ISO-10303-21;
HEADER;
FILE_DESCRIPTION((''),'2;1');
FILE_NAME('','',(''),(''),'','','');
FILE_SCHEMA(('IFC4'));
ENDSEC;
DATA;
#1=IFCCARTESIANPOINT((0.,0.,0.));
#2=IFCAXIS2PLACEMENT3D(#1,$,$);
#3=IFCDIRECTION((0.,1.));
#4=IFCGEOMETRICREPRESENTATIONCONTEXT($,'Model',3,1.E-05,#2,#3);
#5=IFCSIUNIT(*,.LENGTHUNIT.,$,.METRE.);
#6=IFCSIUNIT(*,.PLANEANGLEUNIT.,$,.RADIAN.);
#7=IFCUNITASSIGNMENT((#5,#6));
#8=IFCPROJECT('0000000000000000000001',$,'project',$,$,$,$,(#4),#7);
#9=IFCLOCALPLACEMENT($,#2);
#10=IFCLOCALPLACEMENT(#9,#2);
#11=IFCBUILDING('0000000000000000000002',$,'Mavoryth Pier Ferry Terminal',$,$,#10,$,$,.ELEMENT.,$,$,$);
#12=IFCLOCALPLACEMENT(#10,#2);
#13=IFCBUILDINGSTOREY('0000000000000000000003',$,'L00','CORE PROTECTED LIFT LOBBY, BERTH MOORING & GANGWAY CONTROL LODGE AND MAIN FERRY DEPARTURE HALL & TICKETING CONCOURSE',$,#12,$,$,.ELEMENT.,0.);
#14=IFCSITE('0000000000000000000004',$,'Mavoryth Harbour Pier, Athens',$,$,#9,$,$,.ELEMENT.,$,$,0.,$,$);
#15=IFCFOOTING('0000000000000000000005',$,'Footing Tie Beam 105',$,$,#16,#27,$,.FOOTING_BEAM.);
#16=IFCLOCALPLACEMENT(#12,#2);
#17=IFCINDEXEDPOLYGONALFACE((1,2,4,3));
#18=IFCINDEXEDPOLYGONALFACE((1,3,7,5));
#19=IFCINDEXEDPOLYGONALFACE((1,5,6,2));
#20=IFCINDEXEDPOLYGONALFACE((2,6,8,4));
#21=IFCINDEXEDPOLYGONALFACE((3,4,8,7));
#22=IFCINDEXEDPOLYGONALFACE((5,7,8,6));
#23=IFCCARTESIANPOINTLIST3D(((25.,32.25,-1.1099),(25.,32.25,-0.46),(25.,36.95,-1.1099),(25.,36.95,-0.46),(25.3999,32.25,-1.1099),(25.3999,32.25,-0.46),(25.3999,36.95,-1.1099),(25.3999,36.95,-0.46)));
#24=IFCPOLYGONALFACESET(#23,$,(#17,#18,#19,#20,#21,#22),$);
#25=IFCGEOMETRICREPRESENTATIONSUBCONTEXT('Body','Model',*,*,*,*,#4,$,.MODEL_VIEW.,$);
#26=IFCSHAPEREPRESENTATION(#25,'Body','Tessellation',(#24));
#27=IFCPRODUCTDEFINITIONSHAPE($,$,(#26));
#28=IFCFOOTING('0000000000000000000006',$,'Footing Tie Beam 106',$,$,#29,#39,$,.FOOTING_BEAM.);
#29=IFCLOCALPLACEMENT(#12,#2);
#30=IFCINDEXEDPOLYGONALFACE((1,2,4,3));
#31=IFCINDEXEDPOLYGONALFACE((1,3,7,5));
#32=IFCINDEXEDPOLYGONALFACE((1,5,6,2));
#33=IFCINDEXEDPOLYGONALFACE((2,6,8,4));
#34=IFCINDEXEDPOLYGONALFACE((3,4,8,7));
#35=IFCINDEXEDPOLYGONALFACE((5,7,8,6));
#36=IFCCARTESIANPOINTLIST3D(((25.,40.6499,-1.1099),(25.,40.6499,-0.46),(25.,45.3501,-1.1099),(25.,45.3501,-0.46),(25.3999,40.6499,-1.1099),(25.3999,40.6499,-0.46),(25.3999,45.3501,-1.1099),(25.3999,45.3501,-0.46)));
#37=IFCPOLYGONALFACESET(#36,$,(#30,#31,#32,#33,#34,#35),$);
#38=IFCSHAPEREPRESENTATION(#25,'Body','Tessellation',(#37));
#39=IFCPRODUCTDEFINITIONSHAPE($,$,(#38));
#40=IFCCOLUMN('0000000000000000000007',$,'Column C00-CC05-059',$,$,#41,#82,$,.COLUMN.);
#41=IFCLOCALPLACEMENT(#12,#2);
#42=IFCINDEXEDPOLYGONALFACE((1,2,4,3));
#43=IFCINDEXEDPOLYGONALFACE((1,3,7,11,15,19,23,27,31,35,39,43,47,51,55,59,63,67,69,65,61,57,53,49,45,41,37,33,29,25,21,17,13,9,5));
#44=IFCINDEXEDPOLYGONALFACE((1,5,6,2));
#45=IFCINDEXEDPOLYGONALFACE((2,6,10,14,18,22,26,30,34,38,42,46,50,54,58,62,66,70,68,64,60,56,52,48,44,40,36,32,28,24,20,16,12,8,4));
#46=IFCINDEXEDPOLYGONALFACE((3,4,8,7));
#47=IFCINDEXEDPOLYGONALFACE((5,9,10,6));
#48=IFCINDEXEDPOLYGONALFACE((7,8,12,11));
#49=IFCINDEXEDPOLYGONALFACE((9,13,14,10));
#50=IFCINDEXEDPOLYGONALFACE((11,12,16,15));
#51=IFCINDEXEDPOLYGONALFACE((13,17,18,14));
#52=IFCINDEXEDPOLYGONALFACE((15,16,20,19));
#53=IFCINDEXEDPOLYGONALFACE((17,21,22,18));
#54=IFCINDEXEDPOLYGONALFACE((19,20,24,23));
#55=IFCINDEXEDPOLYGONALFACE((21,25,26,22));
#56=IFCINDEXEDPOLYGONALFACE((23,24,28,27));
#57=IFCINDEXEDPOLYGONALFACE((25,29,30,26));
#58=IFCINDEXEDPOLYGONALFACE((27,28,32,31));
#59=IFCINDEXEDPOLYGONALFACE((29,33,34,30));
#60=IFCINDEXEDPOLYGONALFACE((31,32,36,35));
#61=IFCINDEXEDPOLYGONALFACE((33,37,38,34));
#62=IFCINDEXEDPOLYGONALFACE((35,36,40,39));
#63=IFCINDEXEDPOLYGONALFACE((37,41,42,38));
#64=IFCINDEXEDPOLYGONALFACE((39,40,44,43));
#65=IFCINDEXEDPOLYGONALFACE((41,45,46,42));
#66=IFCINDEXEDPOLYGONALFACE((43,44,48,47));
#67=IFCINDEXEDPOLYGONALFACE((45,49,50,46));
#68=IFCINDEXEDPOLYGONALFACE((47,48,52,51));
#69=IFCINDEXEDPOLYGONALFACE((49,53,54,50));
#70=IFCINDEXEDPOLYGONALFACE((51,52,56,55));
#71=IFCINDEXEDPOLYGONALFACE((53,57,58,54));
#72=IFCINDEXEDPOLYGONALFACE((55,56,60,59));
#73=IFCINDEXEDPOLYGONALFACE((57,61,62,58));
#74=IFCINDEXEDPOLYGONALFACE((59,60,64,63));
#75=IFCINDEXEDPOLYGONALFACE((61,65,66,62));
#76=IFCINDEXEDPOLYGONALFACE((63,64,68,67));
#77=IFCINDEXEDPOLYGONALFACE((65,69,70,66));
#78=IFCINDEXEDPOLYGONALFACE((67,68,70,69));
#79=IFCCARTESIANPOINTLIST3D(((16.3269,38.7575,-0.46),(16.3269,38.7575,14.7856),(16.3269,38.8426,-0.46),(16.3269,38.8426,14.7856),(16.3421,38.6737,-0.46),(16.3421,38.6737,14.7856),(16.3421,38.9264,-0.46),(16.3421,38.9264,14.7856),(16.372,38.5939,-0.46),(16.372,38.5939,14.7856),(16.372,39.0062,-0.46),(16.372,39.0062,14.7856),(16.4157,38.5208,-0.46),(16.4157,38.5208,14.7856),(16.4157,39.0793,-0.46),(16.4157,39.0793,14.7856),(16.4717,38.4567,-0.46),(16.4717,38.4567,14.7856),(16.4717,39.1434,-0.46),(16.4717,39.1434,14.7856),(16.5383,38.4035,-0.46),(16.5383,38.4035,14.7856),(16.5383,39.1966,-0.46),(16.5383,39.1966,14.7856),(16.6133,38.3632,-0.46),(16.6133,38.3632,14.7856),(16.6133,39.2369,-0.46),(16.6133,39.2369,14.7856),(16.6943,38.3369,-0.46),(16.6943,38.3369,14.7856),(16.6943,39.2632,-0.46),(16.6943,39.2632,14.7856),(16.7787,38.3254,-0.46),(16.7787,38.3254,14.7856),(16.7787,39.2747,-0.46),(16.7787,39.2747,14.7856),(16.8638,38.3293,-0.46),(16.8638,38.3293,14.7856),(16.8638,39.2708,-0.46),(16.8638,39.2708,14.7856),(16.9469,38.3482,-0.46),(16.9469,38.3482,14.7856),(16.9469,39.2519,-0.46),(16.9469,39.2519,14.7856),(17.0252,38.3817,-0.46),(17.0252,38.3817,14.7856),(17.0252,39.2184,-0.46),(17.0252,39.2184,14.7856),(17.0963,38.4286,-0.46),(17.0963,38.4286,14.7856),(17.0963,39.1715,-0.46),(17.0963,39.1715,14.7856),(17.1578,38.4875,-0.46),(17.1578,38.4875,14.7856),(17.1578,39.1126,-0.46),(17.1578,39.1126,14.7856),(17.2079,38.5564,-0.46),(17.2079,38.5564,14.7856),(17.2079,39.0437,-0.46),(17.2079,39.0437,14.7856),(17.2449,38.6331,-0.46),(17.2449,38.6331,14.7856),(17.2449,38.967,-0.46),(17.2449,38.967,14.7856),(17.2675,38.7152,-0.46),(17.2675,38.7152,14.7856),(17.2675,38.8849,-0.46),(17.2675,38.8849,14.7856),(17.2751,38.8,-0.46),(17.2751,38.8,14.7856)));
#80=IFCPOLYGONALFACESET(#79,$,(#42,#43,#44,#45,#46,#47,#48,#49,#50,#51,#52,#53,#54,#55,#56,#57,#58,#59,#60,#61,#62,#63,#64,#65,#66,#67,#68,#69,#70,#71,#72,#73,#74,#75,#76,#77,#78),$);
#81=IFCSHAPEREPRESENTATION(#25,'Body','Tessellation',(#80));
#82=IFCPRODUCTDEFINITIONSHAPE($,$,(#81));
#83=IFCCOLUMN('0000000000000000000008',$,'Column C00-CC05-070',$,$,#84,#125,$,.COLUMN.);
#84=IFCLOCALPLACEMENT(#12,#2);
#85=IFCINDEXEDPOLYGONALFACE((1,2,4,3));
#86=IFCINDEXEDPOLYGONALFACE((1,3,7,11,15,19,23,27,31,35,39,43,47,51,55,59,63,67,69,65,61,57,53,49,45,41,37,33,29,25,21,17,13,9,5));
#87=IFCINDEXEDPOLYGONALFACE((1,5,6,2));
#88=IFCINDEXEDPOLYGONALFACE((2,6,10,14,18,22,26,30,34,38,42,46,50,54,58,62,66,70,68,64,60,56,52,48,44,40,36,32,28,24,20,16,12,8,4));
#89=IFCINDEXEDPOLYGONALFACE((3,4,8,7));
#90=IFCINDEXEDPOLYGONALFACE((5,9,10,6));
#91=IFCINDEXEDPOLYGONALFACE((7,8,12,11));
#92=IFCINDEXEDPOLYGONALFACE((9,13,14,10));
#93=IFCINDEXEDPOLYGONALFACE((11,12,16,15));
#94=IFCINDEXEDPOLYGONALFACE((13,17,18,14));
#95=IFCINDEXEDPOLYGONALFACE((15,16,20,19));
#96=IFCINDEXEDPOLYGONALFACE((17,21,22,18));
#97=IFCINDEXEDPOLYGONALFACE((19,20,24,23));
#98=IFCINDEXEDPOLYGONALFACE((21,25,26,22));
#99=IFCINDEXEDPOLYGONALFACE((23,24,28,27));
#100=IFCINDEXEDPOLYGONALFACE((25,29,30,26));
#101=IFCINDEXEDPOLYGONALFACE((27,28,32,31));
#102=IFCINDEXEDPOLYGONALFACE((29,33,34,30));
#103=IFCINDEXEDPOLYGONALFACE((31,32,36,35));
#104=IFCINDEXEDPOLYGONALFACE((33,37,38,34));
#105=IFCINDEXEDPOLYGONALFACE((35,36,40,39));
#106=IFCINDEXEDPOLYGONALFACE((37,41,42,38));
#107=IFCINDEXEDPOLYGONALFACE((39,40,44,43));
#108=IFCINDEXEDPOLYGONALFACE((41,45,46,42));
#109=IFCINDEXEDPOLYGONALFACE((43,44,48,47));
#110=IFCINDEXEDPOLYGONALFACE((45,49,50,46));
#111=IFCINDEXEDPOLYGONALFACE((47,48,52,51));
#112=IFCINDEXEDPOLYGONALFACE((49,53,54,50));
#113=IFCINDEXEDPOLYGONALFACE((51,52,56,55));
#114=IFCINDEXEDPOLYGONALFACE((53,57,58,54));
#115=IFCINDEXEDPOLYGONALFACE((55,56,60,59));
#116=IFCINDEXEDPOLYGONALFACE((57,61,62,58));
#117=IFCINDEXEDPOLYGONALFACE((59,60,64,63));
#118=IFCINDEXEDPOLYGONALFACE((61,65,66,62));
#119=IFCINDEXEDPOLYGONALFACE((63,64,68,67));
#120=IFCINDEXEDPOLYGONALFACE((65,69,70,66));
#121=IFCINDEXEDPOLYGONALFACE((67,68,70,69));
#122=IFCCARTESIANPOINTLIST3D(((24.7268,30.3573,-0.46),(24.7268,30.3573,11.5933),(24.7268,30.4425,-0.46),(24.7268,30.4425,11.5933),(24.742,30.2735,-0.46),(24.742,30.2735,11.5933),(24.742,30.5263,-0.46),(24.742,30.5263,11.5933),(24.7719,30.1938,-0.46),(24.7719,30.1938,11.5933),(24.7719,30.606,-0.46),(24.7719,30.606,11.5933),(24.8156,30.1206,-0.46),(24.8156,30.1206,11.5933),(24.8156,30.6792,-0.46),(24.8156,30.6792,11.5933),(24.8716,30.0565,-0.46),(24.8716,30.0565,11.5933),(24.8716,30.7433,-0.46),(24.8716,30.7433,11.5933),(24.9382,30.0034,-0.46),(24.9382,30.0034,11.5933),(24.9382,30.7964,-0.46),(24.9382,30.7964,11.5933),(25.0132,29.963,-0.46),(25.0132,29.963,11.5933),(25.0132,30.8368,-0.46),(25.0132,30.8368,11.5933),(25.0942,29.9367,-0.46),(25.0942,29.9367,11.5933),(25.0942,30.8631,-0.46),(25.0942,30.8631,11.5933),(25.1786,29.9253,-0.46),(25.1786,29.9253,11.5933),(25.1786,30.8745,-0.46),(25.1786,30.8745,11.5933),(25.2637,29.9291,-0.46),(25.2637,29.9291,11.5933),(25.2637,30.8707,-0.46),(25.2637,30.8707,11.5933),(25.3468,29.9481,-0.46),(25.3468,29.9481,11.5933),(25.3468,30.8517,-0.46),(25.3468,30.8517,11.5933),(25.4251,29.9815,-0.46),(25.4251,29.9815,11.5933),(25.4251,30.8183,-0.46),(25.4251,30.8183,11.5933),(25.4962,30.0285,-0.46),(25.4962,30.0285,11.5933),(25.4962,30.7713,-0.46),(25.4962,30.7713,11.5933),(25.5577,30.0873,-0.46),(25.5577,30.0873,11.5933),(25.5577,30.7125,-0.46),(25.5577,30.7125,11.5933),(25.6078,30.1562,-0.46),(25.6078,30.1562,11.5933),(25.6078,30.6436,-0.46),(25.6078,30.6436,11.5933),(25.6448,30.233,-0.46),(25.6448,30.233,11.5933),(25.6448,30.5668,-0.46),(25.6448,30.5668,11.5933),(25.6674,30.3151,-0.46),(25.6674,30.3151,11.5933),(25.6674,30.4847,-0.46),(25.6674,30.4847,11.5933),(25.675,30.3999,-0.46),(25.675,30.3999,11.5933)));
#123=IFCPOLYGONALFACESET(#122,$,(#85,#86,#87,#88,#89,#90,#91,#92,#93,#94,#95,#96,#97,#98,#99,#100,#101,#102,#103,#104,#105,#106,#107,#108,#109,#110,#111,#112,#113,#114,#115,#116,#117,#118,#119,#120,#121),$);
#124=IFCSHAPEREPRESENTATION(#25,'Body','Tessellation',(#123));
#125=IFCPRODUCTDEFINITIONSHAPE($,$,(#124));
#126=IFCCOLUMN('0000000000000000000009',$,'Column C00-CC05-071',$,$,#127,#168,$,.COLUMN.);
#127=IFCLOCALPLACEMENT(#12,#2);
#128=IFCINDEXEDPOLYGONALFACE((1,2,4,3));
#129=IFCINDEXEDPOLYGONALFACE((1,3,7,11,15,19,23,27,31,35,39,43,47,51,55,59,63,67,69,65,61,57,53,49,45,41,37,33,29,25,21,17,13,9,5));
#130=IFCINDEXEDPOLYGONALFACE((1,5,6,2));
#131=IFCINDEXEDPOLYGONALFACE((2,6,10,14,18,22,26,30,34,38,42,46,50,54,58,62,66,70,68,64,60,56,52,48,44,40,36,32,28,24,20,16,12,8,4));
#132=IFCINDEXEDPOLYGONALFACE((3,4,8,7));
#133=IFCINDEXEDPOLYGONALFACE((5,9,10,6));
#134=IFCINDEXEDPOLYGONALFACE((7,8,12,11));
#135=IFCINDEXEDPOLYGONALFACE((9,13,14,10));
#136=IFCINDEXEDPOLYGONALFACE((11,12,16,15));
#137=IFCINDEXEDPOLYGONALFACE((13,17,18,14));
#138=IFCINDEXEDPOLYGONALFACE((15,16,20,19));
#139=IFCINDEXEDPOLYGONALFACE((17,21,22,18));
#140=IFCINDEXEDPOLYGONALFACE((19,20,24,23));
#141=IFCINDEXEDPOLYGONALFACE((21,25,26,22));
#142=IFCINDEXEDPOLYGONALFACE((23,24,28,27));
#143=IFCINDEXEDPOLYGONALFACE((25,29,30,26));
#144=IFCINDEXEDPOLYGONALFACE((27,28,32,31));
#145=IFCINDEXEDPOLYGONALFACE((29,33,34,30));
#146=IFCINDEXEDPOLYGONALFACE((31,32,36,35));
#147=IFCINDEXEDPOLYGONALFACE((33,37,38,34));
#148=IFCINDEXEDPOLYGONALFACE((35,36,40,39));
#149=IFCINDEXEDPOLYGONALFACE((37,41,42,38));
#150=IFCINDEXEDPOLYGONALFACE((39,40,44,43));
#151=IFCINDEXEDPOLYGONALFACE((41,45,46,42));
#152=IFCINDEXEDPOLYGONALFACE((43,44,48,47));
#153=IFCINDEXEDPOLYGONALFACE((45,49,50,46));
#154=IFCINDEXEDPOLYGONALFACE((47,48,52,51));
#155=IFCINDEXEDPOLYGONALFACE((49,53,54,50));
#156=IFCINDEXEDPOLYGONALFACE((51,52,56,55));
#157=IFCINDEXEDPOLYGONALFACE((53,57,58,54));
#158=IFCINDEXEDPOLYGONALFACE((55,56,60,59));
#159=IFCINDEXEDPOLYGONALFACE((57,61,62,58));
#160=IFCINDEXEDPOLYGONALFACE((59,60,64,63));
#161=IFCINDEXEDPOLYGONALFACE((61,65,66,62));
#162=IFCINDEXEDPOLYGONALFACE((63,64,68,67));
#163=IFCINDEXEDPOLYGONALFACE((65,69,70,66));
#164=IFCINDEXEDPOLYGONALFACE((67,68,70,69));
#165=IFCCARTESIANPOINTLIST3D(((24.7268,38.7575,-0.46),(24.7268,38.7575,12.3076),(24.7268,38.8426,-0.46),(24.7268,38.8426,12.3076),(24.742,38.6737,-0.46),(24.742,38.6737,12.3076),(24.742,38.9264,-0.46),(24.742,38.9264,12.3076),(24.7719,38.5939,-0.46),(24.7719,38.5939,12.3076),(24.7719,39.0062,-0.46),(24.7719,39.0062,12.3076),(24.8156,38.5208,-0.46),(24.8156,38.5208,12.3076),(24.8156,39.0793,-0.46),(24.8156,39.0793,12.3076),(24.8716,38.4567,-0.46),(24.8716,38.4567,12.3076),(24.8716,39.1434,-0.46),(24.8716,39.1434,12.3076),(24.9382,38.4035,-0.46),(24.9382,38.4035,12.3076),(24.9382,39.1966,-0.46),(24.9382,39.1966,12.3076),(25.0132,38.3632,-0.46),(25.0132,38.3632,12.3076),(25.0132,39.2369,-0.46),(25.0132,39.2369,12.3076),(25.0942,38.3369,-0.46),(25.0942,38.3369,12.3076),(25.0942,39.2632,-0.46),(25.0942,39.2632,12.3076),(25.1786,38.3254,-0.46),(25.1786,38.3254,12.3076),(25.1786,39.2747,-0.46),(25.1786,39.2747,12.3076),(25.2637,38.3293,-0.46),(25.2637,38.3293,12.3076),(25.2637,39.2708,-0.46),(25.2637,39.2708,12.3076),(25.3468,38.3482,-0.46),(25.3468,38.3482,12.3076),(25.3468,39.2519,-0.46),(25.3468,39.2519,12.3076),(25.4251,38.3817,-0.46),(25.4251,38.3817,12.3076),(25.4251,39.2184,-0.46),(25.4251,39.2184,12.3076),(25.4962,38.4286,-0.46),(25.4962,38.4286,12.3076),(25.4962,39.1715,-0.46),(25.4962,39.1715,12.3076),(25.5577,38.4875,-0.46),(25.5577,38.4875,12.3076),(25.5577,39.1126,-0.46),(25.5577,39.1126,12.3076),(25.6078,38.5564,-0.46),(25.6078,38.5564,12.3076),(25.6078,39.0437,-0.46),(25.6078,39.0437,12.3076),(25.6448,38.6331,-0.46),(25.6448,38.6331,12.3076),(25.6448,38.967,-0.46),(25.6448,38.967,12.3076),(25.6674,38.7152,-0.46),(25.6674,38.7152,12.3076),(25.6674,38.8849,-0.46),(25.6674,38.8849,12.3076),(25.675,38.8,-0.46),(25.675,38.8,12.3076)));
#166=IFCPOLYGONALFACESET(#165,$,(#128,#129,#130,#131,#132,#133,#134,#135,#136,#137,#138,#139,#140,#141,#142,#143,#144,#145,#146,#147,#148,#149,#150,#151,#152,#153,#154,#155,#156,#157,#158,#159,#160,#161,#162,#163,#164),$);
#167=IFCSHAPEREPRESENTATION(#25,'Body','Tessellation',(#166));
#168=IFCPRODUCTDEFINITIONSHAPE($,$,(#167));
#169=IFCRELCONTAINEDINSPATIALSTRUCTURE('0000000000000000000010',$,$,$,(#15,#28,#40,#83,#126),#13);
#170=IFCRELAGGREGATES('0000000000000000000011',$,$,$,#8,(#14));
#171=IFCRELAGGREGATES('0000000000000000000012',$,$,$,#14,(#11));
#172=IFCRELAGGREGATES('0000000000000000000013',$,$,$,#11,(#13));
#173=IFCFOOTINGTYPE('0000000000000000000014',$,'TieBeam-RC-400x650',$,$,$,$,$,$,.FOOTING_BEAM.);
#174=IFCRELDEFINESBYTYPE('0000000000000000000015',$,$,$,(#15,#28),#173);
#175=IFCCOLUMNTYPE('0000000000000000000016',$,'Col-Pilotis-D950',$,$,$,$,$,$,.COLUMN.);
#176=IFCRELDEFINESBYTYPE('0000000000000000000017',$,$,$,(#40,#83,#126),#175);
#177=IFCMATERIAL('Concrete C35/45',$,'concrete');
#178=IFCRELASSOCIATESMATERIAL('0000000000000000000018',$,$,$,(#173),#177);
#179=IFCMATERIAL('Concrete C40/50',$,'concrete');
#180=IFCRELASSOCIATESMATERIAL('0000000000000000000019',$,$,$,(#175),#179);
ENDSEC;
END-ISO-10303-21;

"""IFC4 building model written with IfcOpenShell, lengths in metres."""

from ifc_helpers import new_model, si_unit, direction, frame, origin, origin_2d, place, context, subcontext, project, spatial, rectangle, circle, extrude, material, material_profile, profile_set, type_object, element, save


model = new_model("IFC4")

# Units and contexts
model_context = context("Model", 3, precision=1e-05, world=origin(), true_north=direction((0.0, 1.0)))
body_context = subcontext(model_context, "Body", "Model", "MODEL_VIEW")
ifc_project = project(units=[si_unit("LENGTHUNIT", "METRE"), si_unit("PLANEANGLEUNIT", "RADIAN")], contexts=[model_context])

# Site, building, storey
site_placement = place(None, origin())
site = spatial("IfcSite", under=ifc_project, at=site_placement, Name="Mavoryth Harbour Pier, Athens", CompositionType="ELEMENT", RefElevation=0.0)
building_placement = place(site_placement, origin())
building = spatial("IfcBuilding", under=site, at=building_placement, Name="Mavoryth Pier Ferry Terminal", CompositionType="ELEMENT")
storey_placement = place(building_placement, origin())
storey = spatial("IfcBuildingStorey", under=building, at=storey_placement, Name="L00", Description="CORE PROTECTED LIFT LOBBY, BERTH MOORING & GANGWAY CONTROL LODGE AND MAIN FERRY DEPARTURE HALL & TICKETING CONCOURSE", CompositionType="ELEMENT", Elevation=0.0)

# Shared definitions
ifc_material_1 = material(Name="Concrete C35/45", Category="concrete")

# Footings
ifc_material_profile_1 = material_profile(ifc_material_1, rectangle(XDim=0.3999, YDim=0.6499, at=origin_2d()), Name="RC 400x650", Category="concrete")
ifc_profile_set_1 = profile_set([ifc_material_profile_1], Name="Concrete C35/45 - RC 400x650")
footing_type_1 = type_object("IfcFootingType", Name="TieBeam-RC-400x650", PredefinedType="FOOTING_BEAM", material=ifc_profile_set_1)
footing_1_placement = place(storey_placement, frame((25.2, 32.25, -0.7849), z_axis=(0.0, 1.0, 0.0), x_axis=(-1.0, 0.0, 0.0)))
element("IfcFooting", 1, at=footing_1_placement, inside=storey, type_object=footing_type_1, Name="Footing Tie Beam 105", PredefinedType="FOOTING_BEAM", context=body_context, shape_type="SweptSolid", body=[
    extrude(rectangle(XDim=0.3999, YDim=0.6499, at=origin_2d()), origin(), (0.0, 0.0, 1.0), 4.7),
])
footing_2_placement = place(storey_placement, frame((25.2, 40.6499, -0.7849), z_axis=(0.0, 1.0, 0.0), x_axis=(-1.0, 0.0, 0.0)))
element("IfcFooting", 2, at=footing_2_placement, inside=storey, type_object=footing_type_1, Name="Footing Tie Beam 106", PredefinedType="FOOTING_BEAM", context=body_context, shape_type="SweptSolid", body=[
    extrude(rectangle(XDim=0.3999, YDim=0.6499, at=origin_2d()), origin(), (0.0, 0.0, 1.0), 4.7002),
])

# Columns
ifc_material_2 = material(Name="Concrete C40/50", Category="concrete")
ifc_material_profile_2 = material_profile(ifc_material_2, circle(Radius=0.4751, at=origin_2d()), Name="RC D950", Category="concrete")
ifc_profile_set_2 = profile_set([ifc_material_profile_2], Name="Concrete C40/50 - RC D950")
column_type = type_object("IfcColumnType", Name="Col-Pilotis-D950", PredefinedType="COLUMN", material=ifc_profile_set_2)
column_1_placement = place(storey_placement, frame((16.8, 38.8, -0.46), z_axis=(0.0, 0.0, 1.0), x_axis=(1.0, 0.0, 0.0)))
element("IfcColumn", 3, at=column_1_placement, inside=storey, type_object=column_type, Name="Column C00-CC05-059", PredefinedType="COLUMN", context=body_context, shape_type="SweptSolid", body=[
    extrude(circle(Radius=0.4751, at=origin_2d()), origin(), (0.0, 0.0, 1.0), 15.2456),
])
column_2_placement = place(storey_placement, frame((25.2, 30.3999, -0.46), z_axis=(0.0, 0.0, 1.0), x_axis=(1.0, 0.0, 0.0)))
element("IfcColumn", 4, at=column_2_placement, inside=storey, type_object=column_type, Name="Column C00-CC05-070", PredefinedType="COLUMN", context=body_context, shape_type="SweptSolid", body=[
    extrude(circle(Radius=0.4751, at=origin_2d()), origin(), (0.0, 0.0, 1.0), 12.0532),
])
column_3_placement = place(storey_placement, frame((25.2, 38.8, -0.46), z_axis=(0.0, 0.0, 1.0), x_axis=(1.0, 0.0, 0.0)))
element("IfcColumn", 5, at=column_3_placement, inside=storey, type_object=column_type, Name="Column C00-CC05-071", PredefinedType="COLUMN", context=body_context, shape_type="SweptSolid", body=[
    extrude(circle(Radius=0.4751, at=origin_2d()), origin(), (0.0, 0.0, 1.0), 12.7676),
])

save(model, "model.ifc")
